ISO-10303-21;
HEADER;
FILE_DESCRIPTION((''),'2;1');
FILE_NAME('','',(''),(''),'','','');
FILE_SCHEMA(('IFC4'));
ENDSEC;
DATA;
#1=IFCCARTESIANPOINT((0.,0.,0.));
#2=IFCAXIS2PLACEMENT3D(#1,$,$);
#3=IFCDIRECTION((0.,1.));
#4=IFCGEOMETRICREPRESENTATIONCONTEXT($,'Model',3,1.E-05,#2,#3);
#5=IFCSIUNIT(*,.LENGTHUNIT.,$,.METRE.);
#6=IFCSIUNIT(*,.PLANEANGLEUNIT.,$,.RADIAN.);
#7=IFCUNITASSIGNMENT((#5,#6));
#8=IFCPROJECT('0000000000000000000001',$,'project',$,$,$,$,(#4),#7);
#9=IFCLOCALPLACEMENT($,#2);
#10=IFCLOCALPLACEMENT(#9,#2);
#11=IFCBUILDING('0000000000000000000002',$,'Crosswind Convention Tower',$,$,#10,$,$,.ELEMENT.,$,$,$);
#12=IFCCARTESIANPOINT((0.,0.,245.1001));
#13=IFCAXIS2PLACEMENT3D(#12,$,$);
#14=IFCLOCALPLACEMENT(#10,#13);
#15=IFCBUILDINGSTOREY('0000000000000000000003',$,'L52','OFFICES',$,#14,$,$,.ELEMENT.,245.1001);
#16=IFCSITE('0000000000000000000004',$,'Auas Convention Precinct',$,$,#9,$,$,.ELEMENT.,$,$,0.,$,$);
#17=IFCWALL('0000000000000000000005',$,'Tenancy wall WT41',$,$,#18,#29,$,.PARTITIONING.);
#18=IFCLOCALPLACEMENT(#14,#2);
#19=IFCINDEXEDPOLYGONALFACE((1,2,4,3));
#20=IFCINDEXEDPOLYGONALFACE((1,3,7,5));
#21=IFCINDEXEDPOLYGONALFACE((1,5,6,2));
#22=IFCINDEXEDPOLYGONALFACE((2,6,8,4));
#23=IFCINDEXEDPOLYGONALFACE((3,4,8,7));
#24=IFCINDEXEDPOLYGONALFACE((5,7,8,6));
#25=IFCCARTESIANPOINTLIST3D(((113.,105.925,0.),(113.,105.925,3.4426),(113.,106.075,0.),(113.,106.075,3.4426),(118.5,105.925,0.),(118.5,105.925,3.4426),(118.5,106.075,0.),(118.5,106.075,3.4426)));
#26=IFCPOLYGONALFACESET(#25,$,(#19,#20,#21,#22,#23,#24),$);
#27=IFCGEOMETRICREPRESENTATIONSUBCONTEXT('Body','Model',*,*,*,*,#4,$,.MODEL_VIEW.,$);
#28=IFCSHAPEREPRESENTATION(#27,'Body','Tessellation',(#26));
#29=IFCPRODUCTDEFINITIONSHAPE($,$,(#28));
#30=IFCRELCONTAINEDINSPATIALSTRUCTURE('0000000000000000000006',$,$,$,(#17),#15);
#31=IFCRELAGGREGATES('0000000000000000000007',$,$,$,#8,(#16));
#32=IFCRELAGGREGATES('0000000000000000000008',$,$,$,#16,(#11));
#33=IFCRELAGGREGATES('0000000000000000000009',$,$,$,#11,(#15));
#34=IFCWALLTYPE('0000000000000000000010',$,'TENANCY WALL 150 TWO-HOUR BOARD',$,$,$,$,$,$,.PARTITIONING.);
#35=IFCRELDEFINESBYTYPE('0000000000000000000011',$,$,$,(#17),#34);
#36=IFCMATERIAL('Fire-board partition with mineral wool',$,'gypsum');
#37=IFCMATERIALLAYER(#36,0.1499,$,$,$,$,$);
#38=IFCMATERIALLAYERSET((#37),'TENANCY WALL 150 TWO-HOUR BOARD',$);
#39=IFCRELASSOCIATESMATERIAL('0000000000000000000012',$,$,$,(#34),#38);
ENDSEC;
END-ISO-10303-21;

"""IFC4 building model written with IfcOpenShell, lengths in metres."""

from ifc_helpers import new_model, si_unit, direction, frame, frame_2d, origin, place, context, subcontext, project, spatial, rectangle, extrude, material, layer, layer_set, type_object, element, save


model = new_model("IFC4")

# Units and contexts
model_context = context("Model", 3, precision=1e-05, world=origin(), true_north=direction((0.0, 1.0)))
body_context = subcontext(model_context, "Body", "Model", "MODEL_VIEW")
ifc_project = project(units=[si_unit("LENGTHUNIT", "METRE"), si_unit("PLANEANGLEUNIT", "RADIAN")], contexts=[model_context])

# Site, building, storey
site_placement = place(None, origin())
site = spatial("IfcSite", under=ifc_project, at=site_placement, Name="Auas Convention Precinct", CompositionType="ELEMENT", RefElevation=0.0)
building_placement = place(site_placement, origin())
building = spatial("IfcBuilding", under=site, at=building_placement, Name="Crosswind Convention Tower", CompositionType="ELEMENT")
storey_placement = place(building_placement, frame((0.0, 0.0, 245.1001)))
storey = spatial("IfcBuildingStorey", under=building, at=storey_placement, Name="L52", Description="OFFICES", CompositionType="ELEMENT", Elevation=245.1001)

# Wall
ifc_material_1 = material(Name="Fire-board partition with mineral wool", Category="gypsum")
ifc_layer_1 = layer(ifc_material_1, 0.1499)
ifc_layer_set_1 = layer_set([ifc_layer_1], Name="TENANCY WALL 150 TWO-HOUR BOARD")
wall_type_1 = type_object("IfcWallType", Name="TENANCY WALL 150 TWO-HOUR BOARD", PredefinedType="PARTITIONING", material=ifc_layer_set_1)
wall_1_placement = place(storey_placement, frame((113.0, 106.0, 0.0), z_axis=(0.0, 0.0, 1.0), x_axis=(1.0, 0.0, 0.0)))
element("IfcWall", 1, at=wall_1_placement, inside=storey, type_object=wall_type_1, Name="Tenancy wall WT41", PredefinedType="PARTITIONING", context=body_context, shape_type="SweptSolid", body=[
    extrude(rectangle(XDim=5.5, YDim=0.1499, at=frame_2d((2.75, 0.0))), origin(), (0.0, 0.0, 1.0), 3.4426),
])

save(model, "model.ifc")
